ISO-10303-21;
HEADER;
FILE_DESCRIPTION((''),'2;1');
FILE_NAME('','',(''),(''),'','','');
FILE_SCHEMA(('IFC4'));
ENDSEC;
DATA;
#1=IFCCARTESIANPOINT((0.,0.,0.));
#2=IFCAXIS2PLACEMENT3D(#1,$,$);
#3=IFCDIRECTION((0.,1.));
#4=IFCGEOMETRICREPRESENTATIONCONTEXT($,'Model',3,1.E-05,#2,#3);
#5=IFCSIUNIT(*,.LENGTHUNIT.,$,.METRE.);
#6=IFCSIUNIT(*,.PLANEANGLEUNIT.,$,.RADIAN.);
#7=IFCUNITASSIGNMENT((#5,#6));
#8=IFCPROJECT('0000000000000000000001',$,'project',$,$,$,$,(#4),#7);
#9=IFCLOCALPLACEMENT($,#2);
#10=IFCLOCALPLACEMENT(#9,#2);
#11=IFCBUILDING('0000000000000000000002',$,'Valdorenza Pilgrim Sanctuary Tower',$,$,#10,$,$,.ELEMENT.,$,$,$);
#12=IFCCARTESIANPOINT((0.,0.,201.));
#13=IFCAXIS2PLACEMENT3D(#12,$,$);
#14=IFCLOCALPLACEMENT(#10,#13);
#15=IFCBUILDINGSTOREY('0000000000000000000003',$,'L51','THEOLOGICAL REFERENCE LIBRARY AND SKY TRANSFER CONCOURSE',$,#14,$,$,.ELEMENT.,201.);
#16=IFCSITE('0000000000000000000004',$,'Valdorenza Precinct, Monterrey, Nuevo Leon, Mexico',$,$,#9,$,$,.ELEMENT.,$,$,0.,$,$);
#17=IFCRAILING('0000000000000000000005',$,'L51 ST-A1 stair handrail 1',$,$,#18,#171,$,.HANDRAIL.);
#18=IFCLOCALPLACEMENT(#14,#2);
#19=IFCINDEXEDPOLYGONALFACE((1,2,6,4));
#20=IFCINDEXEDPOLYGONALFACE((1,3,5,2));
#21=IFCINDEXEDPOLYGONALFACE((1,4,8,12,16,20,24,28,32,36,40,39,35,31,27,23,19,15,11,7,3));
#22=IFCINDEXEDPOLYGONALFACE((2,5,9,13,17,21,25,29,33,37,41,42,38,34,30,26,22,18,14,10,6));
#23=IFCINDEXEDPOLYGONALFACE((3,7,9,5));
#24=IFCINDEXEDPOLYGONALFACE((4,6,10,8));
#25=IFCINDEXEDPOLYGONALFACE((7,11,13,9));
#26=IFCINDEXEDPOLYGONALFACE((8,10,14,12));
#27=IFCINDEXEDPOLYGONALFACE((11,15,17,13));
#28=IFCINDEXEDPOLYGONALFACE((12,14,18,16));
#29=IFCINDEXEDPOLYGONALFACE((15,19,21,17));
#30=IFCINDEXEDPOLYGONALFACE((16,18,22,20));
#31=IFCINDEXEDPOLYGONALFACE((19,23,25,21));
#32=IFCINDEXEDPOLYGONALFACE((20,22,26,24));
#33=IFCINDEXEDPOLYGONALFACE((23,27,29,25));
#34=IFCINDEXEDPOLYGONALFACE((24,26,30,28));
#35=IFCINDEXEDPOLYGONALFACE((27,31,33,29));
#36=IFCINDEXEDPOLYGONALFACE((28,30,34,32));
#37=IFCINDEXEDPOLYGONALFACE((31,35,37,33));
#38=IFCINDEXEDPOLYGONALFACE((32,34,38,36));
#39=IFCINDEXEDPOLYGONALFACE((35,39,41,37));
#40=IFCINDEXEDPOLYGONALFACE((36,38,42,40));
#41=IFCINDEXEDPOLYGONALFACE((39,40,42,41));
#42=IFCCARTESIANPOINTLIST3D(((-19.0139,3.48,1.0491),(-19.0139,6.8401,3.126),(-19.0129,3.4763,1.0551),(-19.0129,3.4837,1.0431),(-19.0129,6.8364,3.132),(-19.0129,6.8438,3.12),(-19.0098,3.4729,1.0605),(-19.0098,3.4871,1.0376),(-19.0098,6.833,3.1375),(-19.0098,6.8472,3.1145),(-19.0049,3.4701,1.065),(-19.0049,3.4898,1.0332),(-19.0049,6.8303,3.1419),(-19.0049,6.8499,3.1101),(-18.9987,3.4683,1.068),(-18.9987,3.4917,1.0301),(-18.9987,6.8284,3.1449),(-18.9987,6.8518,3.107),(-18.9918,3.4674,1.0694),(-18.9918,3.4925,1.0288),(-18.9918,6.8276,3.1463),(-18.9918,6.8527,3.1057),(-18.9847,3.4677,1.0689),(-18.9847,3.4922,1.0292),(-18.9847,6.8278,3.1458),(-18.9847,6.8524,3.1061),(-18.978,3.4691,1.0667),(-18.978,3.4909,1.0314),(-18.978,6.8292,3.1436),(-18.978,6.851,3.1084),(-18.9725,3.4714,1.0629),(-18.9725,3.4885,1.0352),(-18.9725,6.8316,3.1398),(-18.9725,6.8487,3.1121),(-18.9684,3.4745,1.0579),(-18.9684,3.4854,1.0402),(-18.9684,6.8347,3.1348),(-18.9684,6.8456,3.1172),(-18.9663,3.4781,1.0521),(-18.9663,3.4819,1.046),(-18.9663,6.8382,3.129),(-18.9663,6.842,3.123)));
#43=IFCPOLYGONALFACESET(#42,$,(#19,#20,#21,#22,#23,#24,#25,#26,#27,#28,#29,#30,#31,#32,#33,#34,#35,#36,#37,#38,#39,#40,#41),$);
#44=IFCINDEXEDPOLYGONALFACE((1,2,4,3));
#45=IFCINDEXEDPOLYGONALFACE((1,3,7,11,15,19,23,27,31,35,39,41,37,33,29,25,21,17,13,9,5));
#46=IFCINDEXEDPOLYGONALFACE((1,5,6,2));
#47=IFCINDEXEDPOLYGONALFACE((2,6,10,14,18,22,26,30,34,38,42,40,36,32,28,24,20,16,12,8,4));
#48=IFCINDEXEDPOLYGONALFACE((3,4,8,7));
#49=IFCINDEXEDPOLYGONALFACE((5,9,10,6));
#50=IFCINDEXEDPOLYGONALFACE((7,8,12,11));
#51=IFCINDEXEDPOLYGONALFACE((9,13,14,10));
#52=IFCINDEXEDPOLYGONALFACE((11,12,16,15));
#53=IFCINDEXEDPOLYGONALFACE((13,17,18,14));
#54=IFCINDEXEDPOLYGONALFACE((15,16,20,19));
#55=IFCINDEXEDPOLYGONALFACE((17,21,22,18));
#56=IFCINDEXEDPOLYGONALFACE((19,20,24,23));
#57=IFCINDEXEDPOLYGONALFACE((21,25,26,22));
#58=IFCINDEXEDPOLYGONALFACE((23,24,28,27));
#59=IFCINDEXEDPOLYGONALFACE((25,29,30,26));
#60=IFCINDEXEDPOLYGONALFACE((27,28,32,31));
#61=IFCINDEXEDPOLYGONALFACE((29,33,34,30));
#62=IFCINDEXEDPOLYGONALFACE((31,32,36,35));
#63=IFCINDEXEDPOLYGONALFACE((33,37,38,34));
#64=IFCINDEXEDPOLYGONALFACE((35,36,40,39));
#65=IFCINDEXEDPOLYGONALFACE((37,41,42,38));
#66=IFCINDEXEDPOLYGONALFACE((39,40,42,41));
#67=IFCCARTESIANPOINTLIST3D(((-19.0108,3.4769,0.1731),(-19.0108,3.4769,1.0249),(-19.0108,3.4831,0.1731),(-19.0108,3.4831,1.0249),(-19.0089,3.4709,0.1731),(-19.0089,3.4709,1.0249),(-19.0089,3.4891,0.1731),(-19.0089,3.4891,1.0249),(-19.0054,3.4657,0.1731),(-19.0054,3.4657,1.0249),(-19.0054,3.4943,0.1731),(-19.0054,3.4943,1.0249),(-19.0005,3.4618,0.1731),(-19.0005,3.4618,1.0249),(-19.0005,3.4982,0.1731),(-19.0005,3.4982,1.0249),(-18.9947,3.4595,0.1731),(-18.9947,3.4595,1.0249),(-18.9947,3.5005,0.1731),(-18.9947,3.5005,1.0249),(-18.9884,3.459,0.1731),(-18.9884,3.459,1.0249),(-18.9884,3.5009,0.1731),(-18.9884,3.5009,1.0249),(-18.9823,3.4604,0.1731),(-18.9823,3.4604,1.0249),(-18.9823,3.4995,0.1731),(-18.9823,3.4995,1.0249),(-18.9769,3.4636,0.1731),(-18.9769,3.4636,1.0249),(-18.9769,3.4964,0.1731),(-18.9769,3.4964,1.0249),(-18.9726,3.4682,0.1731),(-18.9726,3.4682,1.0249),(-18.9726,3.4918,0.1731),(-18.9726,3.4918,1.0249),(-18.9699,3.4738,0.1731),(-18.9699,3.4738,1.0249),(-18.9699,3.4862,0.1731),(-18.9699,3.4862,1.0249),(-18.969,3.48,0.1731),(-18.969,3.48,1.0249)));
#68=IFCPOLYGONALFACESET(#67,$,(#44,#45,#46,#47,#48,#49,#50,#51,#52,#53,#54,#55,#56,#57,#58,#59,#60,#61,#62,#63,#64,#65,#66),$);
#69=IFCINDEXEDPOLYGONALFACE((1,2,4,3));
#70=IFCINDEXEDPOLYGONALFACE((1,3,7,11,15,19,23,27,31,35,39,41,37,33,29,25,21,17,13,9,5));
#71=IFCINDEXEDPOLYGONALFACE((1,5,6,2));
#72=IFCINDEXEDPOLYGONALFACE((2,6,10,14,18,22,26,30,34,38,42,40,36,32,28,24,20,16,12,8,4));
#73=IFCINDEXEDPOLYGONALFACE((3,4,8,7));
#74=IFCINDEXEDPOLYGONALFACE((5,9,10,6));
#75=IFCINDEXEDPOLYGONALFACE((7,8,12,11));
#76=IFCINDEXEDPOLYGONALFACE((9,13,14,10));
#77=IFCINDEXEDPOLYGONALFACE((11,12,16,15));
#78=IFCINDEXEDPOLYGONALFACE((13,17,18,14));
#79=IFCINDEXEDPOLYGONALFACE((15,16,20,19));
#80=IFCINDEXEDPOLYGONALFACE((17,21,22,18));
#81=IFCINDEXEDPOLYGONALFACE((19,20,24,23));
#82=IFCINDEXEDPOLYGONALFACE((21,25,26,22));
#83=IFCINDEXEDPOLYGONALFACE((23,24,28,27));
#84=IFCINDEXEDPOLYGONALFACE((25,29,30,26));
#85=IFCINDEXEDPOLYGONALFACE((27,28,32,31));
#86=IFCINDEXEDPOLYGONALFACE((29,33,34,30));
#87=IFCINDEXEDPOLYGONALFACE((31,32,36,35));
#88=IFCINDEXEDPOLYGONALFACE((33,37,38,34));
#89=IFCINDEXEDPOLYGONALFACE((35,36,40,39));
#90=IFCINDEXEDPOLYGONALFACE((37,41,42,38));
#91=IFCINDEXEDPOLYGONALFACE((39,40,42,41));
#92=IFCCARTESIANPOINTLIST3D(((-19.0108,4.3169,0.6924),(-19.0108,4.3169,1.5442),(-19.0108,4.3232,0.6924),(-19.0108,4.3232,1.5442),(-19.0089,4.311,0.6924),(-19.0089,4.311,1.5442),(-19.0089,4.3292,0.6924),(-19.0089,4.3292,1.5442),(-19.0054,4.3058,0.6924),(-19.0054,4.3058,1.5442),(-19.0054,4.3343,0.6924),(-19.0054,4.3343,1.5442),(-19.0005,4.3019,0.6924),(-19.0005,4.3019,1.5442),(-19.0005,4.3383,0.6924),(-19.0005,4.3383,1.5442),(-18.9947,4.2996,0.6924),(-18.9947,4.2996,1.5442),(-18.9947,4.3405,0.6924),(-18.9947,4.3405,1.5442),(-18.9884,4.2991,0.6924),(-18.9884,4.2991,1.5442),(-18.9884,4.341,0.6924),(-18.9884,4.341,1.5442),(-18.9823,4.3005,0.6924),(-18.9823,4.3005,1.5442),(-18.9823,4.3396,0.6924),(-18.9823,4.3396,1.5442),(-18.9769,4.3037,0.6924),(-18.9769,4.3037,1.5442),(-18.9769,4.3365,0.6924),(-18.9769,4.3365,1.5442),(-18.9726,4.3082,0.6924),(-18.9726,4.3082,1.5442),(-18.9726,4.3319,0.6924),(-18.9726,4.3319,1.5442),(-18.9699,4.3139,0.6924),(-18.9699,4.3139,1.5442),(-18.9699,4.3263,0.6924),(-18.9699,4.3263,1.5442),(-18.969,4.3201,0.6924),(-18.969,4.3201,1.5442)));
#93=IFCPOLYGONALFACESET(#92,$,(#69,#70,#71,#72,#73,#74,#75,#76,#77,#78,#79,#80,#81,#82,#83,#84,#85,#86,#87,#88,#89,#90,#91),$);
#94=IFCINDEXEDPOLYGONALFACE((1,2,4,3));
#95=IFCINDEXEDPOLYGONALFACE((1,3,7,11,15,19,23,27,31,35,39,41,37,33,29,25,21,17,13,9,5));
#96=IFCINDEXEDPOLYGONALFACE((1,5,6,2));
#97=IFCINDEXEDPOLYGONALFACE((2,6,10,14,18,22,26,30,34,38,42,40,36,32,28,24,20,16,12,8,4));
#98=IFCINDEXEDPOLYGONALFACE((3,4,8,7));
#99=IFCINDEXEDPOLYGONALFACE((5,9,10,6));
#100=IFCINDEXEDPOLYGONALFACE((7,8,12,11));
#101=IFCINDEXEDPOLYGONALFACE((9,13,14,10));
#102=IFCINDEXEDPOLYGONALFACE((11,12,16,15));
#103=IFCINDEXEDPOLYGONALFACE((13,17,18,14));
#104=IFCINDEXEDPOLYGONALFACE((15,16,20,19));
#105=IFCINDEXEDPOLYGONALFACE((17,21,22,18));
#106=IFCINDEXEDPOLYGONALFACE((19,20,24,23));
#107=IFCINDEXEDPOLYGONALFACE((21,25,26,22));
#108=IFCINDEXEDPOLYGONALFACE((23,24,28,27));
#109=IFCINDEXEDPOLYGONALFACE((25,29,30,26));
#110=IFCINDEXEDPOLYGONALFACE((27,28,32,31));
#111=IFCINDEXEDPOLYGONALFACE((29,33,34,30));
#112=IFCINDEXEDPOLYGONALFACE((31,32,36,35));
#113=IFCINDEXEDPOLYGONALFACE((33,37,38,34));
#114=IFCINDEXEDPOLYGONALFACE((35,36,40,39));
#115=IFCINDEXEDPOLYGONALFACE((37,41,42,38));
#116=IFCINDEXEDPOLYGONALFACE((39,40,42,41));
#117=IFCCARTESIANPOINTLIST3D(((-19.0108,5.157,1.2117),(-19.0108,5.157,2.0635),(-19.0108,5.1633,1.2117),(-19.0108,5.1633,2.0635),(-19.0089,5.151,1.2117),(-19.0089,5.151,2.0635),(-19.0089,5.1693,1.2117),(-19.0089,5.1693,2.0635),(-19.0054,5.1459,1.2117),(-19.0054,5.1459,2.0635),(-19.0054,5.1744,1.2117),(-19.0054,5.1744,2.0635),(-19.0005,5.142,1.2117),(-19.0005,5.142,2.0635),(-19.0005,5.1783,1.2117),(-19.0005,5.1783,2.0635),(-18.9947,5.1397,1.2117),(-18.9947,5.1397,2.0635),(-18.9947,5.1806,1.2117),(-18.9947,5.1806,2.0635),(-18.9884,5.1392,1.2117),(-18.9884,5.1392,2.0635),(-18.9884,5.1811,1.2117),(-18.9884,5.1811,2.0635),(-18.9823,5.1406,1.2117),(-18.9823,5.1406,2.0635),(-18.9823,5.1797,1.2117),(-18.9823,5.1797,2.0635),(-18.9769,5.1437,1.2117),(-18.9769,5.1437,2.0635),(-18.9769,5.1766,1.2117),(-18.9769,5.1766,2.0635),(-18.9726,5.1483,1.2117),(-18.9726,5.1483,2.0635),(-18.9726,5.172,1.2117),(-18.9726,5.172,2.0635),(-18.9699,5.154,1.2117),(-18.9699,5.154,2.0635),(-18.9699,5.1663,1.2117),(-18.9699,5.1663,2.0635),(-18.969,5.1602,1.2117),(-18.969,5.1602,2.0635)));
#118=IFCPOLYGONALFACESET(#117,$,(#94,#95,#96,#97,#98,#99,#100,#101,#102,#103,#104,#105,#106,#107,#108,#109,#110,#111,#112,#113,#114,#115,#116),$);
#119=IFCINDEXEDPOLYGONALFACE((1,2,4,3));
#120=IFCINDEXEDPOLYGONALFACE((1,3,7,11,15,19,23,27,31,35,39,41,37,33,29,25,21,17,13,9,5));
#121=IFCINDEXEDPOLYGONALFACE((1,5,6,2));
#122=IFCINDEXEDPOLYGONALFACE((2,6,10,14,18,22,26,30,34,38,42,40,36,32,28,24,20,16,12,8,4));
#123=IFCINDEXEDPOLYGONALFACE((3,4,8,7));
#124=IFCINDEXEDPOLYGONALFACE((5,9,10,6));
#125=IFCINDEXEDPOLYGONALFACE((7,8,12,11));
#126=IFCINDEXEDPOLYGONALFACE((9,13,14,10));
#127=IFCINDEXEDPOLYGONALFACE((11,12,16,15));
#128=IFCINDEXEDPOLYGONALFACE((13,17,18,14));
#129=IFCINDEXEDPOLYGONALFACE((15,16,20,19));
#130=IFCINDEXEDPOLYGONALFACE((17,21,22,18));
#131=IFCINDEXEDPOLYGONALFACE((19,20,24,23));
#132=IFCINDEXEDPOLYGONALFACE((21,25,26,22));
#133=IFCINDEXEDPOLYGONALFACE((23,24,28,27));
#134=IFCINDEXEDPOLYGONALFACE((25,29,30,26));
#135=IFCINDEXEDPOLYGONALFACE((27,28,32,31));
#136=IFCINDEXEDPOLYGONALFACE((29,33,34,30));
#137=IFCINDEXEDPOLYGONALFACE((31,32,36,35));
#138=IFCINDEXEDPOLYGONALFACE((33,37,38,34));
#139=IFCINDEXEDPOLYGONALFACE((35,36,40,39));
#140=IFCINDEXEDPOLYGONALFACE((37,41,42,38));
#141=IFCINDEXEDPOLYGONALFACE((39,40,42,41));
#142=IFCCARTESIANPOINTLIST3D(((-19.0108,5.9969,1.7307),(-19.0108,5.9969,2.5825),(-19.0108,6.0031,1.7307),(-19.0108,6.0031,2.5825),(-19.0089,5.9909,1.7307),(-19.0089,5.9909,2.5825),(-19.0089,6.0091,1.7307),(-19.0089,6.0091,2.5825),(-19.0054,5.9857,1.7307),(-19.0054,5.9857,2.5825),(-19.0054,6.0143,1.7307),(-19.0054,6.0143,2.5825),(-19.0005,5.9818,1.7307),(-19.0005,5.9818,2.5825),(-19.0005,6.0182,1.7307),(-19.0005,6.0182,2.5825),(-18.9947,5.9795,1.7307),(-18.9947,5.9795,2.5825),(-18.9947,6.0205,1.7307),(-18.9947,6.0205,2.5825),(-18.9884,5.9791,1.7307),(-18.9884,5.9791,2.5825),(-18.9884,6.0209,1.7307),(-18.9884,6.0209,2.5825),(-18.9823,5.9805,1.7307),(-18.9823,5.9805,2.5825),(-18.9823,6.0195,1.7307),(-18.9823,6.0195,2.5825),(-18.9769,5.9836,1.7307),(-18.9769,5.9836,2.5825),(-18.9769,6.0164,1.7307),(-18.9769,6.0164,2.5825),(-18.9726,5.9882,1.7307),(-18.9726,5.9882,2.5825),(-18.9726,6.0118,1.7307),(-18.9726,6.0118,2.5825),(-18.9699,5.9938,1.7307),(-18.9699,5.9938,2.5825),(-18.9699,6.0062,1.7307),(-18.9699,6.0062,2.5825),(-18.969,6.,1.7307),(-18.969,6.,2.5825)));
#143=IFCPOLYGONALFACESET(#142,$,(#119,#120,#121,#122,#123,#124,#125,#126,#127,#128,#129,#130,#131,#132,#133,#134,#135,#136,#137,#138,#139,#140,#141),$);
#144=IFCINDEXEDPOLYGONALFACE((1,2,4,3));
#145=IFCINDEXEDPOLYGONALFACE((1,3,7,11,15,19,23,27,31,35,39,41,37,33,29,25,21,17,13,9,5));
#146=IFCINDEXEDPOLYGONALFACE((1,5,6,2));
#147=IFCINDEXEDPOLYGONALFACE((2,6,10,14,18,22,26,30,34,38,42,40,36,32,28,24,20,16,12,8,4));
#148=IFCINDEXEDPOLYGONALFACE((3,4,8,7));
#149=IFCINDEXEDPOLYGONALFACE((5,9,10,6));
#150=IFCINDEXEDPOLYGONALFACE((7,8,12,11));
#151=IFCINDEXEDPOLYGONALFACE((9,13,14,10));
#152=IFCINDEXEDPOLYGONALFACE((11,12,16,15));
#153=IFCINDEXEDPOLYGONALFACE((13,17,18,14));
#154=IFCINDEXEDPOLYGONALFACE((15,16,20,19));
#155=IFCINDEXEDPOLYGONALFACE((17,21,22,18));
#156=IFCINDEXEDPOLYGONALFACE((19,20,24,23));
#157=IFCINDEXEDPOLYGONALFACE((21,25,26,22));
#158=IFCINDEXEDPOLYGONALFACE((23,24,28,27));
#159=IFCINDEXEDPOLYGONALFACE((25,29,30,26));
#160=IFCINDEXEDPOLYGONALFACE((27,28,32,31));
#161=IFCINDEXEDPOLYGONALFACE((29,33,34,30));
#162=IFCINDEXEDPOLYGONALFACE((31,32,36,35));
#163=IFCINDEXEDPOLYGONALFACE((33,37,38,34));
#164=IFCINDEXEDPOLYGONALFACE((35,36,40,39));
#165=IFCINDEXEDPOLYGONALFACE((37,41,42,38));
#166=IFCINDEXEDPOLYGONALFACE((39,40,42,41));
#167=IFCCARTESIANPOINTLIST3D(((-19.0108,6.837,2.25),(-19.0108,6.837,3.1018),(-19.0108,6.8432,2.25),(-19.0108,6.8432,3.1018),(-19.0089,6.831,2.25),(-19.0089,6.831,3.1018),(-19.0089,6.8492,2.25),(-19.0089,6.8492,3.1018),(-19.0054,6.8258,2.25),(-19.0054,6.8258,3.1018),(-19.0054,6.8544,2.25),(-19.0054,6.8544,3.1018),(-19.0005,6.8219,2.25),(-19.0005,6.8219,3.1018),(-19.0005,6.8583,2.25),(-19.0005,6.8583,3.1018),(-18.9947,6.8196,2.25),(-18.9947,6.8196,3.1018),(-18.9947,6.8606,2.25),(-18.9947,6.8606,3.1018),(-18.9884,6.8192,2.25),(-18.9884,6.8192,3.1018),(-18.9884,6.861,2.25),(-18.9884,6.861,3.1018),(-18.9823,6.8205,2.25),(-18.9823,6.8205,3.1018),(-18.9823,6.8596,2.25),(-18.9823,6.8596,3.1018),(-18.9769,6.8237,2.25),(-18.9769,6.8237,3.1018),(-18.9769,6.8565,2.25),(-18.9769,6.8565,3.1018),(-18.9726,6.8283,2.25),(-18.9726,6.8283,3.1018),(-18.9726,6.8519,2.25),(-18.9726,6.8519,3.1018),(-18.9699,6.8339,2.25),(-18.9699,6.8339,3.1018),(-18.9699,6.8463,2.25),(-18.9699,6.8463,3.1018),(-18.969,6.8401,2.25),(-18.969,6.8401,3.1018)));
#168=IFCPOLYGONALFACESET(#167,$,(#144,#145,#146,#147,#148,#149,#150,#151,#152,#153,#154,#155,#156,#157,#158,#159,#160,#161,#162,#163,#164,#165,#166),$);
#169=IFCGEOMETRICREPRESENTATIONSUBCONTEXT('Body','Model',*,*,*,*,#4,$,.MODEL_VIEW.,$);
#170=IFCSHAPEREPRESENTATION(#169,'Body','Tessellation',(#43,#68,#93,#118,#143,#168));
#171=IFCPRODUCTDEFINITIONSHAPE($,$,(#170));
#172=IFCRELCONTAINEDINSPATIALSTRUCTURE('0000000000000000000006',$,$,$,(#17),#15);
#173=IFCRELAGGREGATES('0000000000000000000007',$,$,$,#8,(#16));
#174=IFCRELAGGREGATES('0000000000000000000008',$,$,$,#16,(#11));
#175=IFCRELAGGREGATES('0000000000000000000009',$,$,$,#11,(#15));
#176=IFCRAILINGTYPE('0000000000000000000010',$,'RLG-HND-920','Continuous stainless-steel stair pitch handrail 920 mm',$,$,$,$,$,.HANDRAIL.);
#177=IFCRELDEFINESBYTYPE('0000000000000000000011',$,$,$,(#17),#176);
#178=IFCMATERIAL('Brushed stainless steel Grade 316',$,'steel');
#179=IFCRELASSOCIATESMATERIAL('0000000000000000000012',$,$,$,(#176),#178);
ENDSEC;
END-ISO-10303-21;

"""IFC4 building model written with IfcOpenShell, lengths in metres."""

from ifc_helpers import new_model, si_unit, direction, frame, origin, origin_2d, place, context, subcontext, project, spatial, circle, extrude, material, type_object, element, save


model = new_model("IFC4")

# Units and contexts
model_context = context("Model", 3, precision=1e-05, world=origin(), true_north=direction((0.0, 1.0)))
body_context = subcontext(model_context, "Body", "Model", "MODEL_VIEW")
ifc_project = project(units=[si_unit("LENGTHUNIT", "METRE"), si_unit("PLANEANGLEUNIT", "RADIAN")], contexts=[model_context])

# Site, building, storey
site_placement = place(None, origin())
site = spatial("IfcSite", under=ifc_project, at=site_placement, Name="Valdorenza Precinct, Monterrey, Nuevo Leon, Mexico", CompositionType="ELEMENT", RefElevation=0.0)
building_placement = place(site_placement, origin())
building = spatial("IfcBuilding", under=site, at=building_placement, Name="Valdorenza Pilgrim Sanctuary Tower", CompositionType="ELEMENT")
storey_placement = place(building_placement, frame((0.0, 0.0, 201.0)))
storey = spatial("IfcBuildingStorey", under=building, at=storey_placement, Name="L51", Description="THEOLOGICAL REFERENCE LIBRARY AND SKY TRANSFER CONCOURSE", CompositionType="ELEMENT", Elevation=201.0)

# Railing
ifc_material_1 = material(Name="Brushed stainless steel Grade 316", Category="steel")
railing_type_1 = type_object("IfcRailingType", Name="RLG-HND-920", Description="Continuous stainless-steel stair pitch handrail 920 mm", PredefinedType="HANDRAIL", material=ifc_material_1)
railing_1_placement = place(storey_placement, frame((-18.99, 3.48, 0.1731)))
element("IfcRailing", 1, at=railing_1_placement, inside=storey, type_object=railing_type_1, Name="L51 ST-A1 stair handrail 1", PredefinedType="HANDRAIL", context=body_context, shape_type="SweptSolid", body=[
    extrude(circle(Radius=0.0239, at=origin_2d()), frame((0.0, 0.0, 0.876), z_axis=(0.0, 0.850623, 0.525776), x_axis=(-1.0, 0.0, 0.0)), (0.0, 0.0, 1.0), 3.9502),
    extrude(circle(Radius=0.021, at=origin_2d()), origin(), (0.0, 0.0, 1.0), 0.8518),
    extrude(circle(Radius=0.021, at=origin_2d()), frame((0.0, 0.8401, 0.5193)), (0.0, 0.0, 1.0), 0.8518),
    extrude(circle(Radius=0.021, at=origin_2d()), frame((0.0, 1.6802, 1.0386)), (0.0, 0.0, 1.0), 0.8518),
    extrude(circle(Radius=0.021, at=origin_2d()), frame((0.0, 2.52, 1.5576)), (0.0, 0.0, 1.0), 0.8518),
    extrude(circle(Radius=0.021, at=origin_2d()), frame((0.0, 3.3601, 2.0769)), (0.0, 0.0, 1.0), 0.8518),
])

save(model, "model.ifc")
